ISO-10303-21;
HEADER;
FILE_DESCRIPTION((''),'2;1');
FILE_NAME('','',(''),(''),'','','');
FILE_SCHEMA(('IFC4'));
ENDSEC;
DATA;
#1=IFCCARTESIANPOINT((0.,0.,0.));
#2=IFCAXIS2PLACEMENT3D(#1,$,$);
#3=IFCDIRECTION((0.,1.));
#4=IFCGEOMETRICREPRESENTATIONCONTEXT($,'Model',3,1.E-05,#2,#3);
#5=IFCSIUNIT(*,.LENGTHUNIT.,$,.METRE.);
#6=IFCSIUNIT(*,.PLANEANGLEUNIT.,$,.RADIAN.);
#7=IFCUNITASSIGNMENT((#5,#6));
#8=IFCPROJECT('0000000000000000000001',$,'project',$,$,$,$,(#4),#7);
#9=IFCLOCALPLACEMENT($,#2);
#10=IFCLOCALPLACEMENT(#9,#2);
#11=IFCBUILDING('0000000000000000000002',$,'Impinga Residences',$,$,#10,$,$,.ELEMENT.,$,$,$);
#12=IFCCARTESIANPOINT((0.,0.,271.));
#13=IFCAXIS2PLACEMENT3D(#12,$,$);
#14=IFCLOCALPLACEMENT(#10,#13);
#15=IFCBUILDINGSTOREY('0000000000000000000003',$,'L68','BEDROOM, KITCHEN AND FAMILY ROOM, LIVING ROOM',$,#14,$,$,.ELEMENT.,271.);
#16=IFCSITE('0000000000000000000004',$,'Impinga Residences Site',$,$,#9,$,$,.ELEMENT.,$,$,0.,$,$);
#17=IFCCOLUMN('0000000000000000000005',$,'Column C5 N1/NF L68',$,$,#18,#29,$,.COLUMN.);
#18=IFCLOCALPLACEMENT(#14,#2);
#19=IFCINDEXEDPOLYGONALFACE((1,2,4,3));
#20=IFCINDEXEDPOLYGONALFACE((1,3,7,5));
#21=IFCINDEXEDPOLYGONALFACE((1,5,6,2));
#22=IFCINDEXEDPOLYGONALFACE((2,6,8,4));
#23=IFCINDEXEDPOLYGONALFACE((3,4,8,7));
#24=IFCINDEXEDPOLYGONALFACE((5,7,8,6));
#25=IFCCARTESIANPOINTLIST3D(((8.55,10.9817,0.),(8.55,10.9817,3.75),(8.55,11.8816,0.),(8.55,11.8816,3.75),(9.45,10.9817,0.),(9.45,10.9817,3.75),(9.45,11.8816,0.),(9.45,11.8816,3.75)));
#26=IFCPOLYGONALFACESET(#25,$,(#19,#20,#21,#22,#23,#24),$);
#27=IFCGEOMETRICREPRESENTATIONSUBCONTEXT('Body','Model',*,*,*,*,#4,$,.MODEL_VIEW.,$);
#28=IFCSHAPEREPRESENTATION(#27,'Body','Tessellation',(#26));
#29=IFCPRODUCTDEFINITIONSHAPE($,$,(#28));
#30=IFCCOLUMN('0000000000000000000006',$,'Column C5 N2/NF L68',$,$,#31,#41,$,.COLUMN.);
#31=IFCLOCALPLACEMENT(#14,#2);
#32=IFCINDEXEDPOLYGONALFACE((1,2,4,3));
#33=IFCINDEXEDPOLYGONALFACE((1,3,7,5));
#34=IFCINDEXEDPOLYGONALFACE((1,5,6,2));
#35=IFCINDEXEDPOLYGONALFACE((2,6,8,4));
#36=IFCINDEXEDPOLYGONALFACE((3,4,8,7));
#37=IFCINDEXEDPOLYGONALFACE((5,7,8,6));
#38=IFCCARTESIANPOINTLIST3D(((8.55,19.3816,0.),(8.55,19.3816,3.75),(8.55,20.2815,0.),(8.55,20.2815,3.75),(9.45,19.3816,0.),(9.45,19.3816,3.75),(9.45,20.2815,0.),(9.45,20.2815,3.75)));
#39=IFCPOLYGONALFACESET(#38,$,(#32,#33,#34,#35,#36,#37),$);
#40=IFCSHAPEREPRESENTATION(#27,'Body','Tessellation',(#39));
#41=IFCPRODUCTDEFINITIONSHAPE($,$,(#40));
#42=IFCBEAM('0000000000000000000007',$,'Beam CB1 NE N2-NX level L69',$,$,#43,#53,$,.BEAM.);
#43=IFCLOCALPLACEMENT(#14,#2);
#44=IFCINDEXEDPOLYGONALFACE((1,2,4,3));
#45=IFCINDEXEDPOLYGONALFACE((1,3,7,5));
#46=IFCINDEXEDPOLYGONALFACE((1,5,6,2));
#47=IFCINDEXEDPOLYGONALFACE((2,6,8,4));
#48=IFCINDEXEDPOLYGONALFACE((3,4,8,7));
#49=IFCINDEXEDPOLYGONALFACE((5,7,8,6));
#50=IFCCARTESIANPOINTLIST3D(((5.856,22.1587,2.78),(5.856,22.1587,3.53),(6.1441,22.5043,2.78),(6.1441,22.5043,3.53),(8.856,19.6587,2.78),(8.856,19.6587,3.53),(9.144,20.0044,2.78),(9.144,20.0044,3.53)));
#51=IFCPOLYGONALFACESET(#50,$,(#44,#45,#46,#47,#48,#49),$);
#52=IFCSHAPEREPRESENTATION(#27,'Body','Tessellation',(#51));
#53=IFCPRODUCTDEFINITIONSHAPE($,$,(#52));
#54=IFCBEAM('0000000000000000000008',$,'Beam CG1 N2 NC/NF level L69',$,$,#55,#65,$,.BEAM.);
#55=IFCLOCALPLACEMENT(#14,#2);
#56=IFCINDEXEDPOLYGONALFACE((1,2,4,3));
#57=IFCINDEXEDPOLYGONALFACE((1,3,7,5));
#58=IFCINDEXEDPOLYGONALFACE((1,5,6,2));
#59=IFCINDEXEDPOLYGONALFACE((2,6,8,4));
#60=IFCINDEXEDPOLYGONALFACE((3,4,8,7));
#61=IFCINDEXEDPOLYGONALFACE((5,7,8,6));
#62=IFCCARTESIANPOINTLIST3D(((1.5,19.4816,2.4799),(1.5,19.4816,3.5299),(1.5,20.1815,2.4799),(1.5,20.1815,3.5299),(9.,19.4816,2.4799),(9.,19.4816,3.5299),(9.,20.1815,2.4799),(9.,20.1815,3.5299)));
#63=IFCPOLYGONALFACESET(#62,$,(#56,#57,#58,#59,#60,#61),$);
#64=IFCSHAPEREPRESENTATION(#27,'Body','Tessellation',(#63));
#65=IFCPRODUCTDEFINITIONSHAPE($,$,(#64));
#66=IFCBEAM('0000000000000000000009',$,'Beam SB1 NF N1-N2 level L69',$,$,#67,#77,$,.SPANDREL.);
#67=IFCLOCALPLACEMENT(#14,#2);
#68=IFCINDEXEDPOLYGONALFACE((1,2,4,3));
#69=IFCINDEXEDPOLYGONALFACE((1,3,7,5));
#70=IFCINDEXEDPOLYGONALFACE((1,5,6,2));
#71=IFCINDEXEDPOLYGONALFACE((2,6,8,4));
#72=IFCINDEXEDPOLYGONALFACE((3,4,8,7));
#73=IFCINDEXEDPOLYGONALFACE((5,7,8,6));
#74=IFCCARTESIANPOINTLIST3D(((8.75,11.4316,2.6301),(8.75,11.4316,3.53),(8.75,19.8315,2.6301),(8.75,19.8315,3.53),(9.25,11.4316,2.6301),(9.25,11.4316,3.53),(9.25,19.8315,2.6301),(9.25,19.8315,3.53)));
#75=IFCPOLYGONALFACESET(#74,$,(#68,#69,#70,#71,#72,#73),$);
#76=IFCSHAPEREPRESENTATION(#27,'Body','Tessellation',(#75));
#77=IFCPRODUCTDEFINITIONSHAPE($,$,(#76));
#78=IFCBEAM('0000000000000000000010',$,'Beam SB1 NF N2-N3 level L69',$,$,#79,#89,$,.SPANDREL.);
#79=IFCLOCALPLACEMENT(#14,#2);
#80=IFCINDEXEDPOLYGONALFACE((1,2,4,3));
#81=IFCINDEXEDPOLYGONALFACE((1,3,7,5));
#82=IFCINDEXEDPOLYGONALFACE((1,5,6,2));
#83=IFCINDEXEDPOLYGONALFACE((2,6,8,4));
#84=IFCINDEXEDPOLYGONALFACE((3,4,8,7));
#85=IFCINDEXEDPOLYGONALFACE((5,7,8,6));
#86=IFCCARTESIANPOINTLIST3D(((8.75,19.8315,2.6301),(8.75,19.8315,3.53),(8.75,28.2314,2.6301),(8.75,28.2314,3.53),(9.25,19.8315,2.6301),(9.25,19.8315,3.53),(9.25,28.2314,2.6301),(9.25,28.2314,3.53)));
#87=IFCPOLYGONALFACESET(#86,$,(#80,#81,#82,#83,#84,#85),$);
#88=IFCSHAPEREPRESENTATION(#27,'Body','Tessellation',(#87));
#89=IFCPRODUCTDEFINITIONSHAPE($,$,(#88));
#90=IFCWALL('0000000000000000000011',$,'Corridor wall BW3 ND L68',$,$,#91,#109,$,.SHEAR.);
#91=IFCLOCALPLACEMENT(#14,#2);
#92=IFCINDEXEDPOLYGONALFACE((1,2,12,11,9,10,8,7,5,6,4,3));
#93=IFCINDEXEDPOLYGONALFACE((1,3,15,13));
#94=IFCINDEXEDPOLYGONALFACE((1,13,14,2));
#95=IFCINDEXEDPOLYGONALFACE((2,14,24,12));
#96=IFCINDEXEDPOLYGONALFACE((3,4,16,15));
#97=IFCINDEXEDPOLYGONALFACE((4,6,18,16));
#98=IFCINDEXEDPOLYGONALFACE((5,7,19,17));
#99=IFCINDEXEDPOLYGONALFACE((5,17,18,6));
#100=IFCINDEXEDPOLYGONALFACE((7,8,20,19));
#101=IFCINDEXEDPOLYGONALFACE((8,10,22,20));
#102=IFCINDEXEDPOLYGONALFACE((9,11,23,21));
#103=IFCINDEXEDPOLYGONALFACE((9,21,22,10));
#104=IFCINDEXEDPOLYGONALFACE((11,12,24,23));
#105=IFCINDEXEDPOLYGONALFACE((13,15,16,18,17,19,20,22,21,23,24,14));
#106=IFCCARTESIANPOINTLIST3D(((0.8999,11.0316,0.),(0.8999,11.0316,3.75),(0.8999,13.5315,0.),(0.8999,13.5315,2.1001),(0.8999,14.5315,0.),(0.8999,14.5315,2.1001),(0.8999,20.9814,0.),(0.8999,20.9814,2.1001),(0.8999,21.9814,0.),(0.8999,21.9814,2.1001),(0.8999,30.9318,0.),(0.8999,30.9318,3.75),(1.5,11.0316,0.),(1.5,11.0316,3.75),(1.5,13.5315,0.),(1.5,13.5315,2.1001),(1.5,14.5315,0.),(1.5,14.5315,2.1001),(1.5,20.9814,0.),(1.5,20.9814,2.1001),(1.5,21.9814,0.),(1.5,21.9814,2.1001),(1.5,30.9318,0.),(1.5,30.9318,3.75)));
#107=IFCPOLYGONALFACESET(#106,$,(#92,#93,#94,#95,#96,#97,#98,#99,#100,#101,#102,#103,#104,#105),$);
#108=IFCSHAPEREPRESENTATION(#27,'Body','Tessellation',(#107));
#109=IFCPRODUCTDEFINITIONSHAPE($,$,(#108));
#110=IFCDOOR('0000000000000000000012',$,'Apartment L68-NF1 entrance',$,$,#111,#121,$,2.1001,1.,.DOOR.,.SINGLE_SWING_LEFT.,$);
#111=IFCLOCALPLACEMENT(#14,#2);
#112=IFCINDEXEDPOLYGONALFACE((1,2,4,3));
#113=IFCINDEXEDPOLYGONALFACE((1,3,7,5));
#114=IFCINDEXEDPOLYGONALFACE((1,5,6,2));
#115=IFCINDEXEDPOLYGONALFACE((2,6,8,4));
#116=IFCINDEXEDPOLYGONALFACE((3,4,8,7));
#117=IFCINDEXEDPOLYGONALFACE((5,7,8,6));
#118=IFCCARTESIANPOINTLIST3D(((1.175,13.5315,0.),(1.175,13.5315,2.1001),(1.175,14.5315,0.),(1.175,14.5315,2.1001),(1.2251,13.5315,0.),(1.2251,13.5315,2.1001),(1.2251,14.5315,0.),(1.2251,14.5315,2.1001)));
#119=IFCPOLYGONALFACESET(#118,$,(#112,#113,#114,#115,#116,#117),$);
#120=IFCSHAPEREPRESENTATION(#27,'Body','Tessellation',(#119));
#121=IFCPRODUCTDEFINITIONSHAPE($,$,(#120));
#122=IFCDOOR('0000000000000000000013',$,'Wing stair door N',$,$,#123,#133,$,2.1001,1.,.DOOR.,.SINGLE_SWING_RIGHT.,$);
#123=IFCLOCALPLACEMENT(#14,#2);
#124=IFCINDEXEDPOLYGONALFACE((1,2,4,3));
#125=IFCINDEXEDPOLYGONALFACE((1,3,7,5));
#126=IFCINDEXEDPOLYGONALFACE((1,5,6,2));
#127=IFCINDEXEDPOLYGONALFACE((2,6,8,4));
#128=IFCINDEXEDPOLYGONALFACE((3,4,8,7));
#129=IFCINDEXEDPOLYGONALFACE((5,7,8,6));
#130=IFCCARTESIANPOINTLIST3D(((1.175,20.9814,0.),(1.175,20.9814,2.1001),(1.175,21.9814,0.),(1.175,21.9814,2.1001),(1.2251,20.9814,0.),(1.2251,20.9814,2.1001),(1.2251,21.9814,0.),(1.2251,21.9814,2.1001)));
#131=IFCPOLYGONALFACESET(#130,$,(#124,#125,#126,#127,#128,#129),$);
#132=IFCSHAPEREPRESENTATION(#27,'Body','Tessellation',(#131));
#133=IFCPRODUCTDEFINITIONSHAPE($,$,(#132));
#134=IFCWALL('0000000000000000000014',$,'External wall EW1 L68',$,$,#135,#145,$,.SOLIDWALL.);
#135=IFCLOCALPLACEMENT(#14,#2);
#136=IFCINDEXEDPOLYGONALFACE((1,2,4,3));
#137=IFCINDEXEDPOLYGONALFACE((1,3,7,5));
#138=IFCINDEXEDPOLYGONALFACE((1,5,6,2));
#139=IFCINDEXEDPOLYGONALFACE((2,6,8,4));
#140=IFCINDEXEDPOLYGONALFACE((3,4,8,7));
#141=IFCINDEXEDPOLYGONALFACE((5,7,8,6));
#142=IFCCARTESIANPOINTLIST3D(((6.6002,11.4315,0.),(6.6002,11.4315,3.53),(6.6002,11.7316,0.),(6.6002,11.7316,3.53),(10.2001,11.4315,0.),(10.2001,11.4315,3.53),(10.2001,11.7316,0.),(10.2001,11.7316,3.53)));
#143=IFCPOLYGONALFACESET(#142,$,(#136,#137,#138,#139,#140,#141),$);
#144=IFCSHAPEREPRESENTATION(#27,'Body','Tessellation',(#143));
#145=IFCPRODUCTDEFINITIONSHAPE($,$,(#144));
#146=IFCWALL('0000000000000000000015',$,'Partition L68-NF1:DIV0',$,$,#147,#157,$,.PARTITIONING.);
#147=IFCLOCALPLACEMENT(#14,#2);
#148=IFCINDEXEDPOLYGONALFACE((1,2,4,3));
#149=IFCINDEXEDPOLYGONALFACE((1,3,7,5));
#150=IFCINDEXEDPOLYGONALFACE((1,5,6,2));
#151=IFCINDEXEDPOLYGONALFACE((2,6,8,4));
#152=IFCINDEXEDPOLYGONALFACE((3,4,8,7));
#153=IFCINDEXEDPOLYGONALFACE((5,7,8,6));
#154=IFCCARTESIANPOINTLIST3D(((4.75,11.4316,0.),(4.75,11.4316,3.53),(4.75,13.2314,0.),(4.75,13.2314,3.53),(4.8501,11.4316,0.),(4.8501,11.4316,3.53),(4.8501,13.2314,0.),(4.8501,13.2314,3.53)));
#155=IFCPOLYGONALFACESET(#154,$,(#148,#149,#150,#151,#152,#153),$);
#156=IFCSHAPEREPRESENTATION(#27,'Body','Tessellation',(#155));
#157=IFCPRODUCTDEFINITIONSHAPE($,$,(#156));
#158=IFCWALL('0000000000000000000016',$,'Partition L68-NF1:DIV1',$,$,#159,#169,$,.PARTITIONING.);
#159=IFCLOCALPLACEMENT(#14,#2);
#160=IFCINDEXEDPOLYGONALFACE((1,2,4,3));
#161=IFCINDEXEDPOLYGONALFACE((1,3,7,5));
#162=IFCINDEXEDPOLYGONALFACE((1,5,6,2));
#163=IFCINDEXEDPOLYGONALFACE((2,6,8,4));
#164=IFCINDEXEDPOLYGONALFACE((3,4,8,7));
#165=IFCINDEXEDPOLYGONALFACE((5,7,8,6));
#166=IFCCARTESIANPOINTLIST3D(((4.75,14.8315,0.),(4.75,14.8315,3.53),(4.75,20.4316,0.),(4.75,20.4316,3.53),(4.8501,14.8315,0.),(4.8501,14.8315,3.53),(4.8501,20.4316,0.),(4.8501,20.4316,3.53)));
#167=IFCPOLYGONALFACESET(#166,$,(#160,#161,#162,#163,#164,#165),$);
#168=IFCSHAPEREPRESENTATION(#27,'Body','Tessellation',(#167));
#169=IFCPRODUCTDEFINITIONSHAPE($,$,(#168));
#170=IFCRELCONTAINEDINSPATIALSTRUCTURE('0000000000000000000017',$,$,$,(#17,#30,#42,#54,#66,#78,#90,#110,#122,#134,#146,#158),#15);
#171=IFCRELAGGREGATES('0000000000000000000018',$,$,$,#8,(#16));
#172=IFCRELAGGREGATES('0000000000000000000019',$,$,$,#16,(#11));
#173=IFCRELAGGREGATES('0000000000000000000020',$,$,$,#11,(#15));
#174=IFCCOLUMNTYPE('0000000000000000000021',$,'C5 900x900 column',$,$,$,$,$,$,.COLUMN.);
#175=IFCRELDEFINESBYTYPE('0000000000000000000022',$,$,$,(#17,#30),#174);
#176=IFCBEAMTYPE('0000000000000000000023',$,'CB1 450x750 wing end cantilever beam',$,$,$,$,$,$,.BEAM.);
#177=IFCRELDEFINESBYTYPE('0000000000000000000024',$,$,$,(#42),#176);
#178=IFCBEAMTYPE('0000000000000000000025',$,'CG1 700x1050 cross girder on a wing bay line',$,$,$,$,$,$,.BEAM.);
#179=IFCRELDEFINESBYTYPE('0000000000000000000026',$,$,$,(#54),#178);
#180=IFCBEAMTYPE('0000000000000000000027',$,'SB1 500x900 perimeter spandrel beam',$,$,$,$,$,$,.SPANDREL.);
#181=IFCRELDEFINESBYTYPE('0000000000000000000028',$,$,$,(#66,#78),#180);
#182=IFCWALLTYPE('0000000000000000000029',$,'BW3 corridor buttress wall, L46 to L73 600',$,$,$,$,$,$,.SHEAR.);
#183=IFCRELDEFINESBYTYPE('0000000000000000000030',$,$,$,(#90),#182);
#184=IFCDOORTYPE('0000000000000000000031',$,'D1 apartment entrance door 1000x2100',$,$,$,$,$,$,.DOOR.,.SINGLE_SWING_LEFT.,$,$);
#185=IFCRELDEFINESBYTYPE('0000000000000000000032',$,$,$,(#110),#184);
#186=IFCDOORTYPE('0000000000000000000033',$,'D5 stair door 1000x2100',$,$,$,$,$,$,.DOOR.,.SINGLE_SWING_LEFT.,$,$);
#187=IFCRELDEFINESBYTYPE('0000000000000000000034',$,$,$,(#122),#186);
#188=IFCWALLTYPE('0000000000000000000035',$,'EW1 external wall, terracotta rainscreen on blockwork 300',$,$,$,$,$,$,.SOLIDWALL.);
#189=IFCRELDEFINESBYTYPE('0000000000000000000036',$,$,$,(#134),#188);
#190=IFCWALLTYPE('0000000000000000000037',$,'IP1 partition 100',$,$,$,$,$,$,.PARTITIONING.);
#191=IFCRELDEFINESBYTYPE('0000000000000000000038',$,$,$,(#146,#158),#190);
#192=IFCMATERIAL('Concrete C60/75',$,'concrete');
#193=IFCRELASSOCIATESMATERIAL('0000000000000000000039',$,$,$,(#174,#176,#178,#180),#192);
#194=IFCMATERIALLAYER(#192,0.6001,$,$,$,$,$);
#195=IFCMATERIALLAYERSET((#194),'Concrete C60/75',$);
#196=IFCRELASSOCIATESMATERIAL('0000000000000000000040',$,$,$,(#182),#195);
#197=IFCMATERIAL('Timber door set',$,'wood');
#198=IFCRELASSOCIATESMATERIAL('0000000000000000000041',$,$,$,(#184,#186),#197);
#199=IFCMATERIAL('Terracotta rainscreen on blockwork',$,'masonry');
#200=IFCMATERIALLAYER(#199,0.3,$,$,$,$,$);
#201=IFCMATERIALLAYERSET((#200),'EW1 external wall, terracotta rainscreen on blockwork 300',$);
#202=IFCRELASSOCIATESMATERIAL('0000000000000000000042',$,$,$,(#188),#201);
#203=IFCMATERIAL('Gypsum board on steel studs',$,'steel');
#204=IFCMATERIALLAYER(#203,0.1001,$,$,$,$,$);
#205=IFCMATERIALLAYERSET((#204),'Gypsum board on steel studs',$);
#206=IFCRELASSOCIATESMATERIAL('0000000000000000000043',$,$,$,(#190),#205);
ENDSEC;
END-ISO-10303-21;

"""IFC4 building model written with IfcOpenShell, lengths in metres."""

from ifc_helpers import new_model, si_unit, direction, frame, frame_2d, origin, origin_2d, place, context, subcontext, project, spatial, rectangle, extrude, material, layer, layer_set, material_profile, profile_set, type_object, element, fill, save


model = new_model("IFC4")

# Units and contexts
model_context = context("Model", 3, precision=1e-05, world=origin(), true_north=direction((0.0, 1.0)))
body_context = subcontext(model_context, "Body", "Model", "MODEL_VIEW")
ifc_project = project(units=[si_unit("LENGTHUNIT", "METRE"), si_unit("PLANEANGLEUNIT", "RADIAN")], contexts=[model_context])

# Site, building, storey
site_placement = place(None, origin())
site = spatial("IfcSite", under=ifc_project, at=site_placement, Name="Impinga Residences Site", CompositionType="ELEMENT", RefElevation=0.0)
building_placement = place(site_placement, origin())
building = spatial("IfcBuilding", under=site, at=building_placement, Name="Impinga Residences", CompositionType="ELEMENT")
storey_placement = place(building_placement, frame((0.0, 0.0, 271.0)))
storey = spatial("IfcBuildingStorey", under=building, at=storey_placement, Name="L68", Description="BEDROOM, KITCHEN AND FAMILY ROOM, LIVING ROOM", CompositionType="ELEMENT", Elevation=271.0)

# Columns
ifc_material_1 = material(Name="Concrete C60/75", Category="concrete")
ifc_material_profile_1 = material_profile(ifc_material_1, rectangle(XDim=0.8999, YDim=0.8999, at=origin_2d()), Name="RC 900x900")
ifc_profile_set_1 = profile_set([ifc_material_profile_1], Name="Concrete C60/75")
column_type = type_object("IfcColumnType", Name="C5 900x900 column", PredefinedType="COLUMN", material=ifc_profile_set_1)
for number, where, z_axis, x_axis, name in (
    (1, (9.0, 11.4316, 0.0), (0.0, 0.0, 1.0), (1.0, 0.0, 0.0), "Column C5 N1/NF L68"),
    (2, (9.0, 19.8315, 0.0), (0.0, 0.0, 1.0), (1.0, 0.0, 0.0), "Column C5 N2/NF L68"),
):
    element("IfcColumn", number, at=place(storey_placement, frame(where, z_axis=z_axis, x_axis=x_axis)), inside=storey, type_object=column_type, Name=name, PredefinedType="COLUMN", context=body_context, shape_type="SweptSolid", body=[
        extrude(rectangle(XDim=0.8999, YDim=0.8999, at=origin_2d()), origin(), (0.0, 0.0, 1.0), 3.75),
    ])

# Beams
ifc_material_profile_2 = material_profile(ifc_material_1, rectangle(XDim=0.45, YDim=0.75, at=origin_2d()), Name="RC 450x750")
ifc_profile_set_2 = profile_set([ifc_material_profile_2], Name="Concrete C60/75")
beam_type_1 = type_object("IfcBeamType", Name="CB1 450x750 wing end cantilever beam", PredefinedType="BEAM", material=ifc_profile_set_2)
beam_1_placement = place(storey_placement, frame((9.0, 19.8315, 3.155), z_axis=(-0.768221, 0.640184, 0.0), x_axis=(-0.640184, -0.768221, 0.0)))
element("IfcBeam", 3, at=beam_1_placement, inside=storey, type_object=beam_type_1, Name="Beam CB1 NE N2-NX level L69", PredefinedType="BEAM", context=body_context, shape_type="SweptSolid", body=[
    extrude(rectangle(XDim=0.45, YDim=0.75, at=origin_2d()), origin(), (0.0, 0.0, 1.0), 3.905),
])
ifc_material_profile_3 = material_profile(ifc_material_1, rectangle(XDim=0.7, YDim=1.05, at=origin_2d()), Name="RC 700x1050")
ifc_profile_set_3 = profile_set([ifc_material_profile_3], Name="Concrete C60/75")
beam_type_2 = type_object("IfcBeamType", Name="CG1 700x1050 cross girder on a wing bay line", PredefinedType="BEAM", material=ifc_profile_set_3)
beam_2_placement = place(storey_placement, frame((1.5, 19.8315, 3.0049), z_axis=(1.0, 0.0, 0.0), x_axis=(0.0, 1.0, 0.0)))
element("IfcBeam", 4, at=beam_2_placement, inside=storey, type_object=beam_type_2, Name="Beam CG1 N2 NC/NF level L69", PredefinedType="BEAM", context=body_context, shape_type="SweptSolid", body=[
    extrude(rectangle(XDim=0.7, YDim=1.05, at=origin_2d()), origin(), (0.0, 0.0, 1.0), 7.5),
])
ifc_material_profile_4 = material_profile(ifc_material_1, rectangle(XDim=0.5, YDim=0.8999, at=origin_2d()), Name="RC 500x900")
ifc_profile_set_4 = profile_set([ifc_material_profile_4], Name="Concrete C60/75")
beam_type_3 = type_object("IfcBeamType", Name="SB1 500x900 perimeter spandrel beam", PredefinedType="SPANDREL", material=ifc_profile_set_4)
for number, where, z_axis, x_axis, name in (
    (5, (9.0, 11.4316, 3.0801), (0.0, 1.0, 0.0), (-1.0, 0.0, 0.0), "Beam SB1 NF N1-N2 level L69"),
    (6, (9.0, 19.8315, 3.0801), (0.0, 1.0, 0.0), (-1.0, 0.0, 0.0), "Beam SB1 NF N2-N3 level L69"),
):
    element("IfcBeam", number, at=place(storey_placement, frame(where, z_axis=z_axis, x_axis=x_axis)), inside=storey, type_object=beam_type_3, Name=name, PredefinedType="SPANDREL", context=body_context, shape_type="SweptSolid", body=[
        extrude(rectangle(XDim=0.5, YDim=0.8999, at=origin_2d()), origin(), (0.0, 0.0, 1.0), 8.3999),
    ])

# Wall, openings, doors
ifc_layer_1 = layer(ifc_material_1, 0.6001)
ifc_layer_set_1 = layer_set([ifc_layer_1], Name="Concrete C60/75")
wall_type_1 = type_object("IfcWallType", Name="BW3 corridor buttress wall, L46 to L73 600", PredefinedType="SHEAR", material=ifc_layer_set_1)
wall_1_placement = place(storey_placement, frame((1.2, 11.0315, 0.0), z_axis=(0.0, 0.0, 1.0), x_axis=(0.0, 1.0, 0.0)))
wall_1 = element("IfcWall", 7, at=wall_1_placement, inside=storey, type_object=wall_type_1, Name="Corridor wall BW3 ND L68", PredefinedType="SHEAR", context=body_context, shape_type="SweptSolid", body=[
    extrude(rectangle(XDim=19.9001, YDim=0.6001, at=frame_2d((9.9502, 0.0))), origin(), (0.0, 0.0, 1.0), 3.75),
])
opening_1_placement = place(wall_1_placement, frame((9.95, 0.0, 0.0)))
opening_1 = element("IfcOpeningElement", 8, at=opening_1_placement, cuts=wall_1, PredefinedType="OPENING", context=body_context, shape_type="SweptSolid", body=[
    extrude(rectangle(XDim=1.0, YDim=2.1001, at=frame_2d((0.5, 1.05))), frame((0.0, 0.3101, 0.0), z_axis=(0.0, -1.0, 0.0), x_axis=(1.0, 0.0, 0.0)), (0.0, 0.0, 1.0), 0.6201),
])
opening_2_placement = place(wall_1_placement, frame((2.5, 0.0, 0.0)))
opening_2 = element("IfcOpeningElement", 9, at=opening_2_placement, cuts=wall_1, PredefinedType="OPENING", context=body_context, shape_type="SweptSolid", body=[
    extrude(rectangle(XDim=1.0, YDim=2.1001, at=frame_2d((0.5, 1.05))), frame((0.0, 0.3101, 0.0), z_axis=(0.0, -1.0, 0.0), x_axis=(1.0, 0.0, 0.0)), (0.0, 0.0, 1.0), 0.6201),
])
ifc_material_2 = material(Name="Timber door set", Category="wood")
door_type_1 = type_object("IfcDoorType", Name="D1 apartment entrance door 1000x2100", OperationType="SINGLE_SWING_LEFT", PredefinedType="DOOR", material=ifc_material_2)
door_1_placement = place(opening_2_placement, origin())
door_1 = element("IfcDoor", 10, at=door_1_placement, inside=storey, type_object=door_type_1, Name="Apartment L68-NF1 entrance", OperationType="SINGLE_SWING_LEFT", OverallHeight=2.1001, OverallWidth=1.0, PredefinedType="DOOR", context=body_context, shape_type="SweptSolid", body=[
    extrude(rectangle(XDim=1.0, YDim=2.1001, at=frame_2d((0.5, 1.05))), frame((0.0, 0.0249, 0.0), z_axis=(0.0, -1.0, 0.0), x_axis=(1.0, 0.0, 0.0)), (0.0, 0.0, 1.0), 0.05),
])
fill(opening_2, door_1)
door_type_2 = type_object("IfcDoorType", Name="D5 stair door 1000x2100", OperationType="SINGLE_SWING_LEFT", PredefinedType="DOOR", material=ifc_material_2)
door_2_placement = place(opening_1_placement, origin())
door_2 = element("IfcDoor", 11, at=door_2_placement, inside=storey, type_object=door_type_2, Name="Wing stair door N", OperationType="SINGLE_SWING_RIGHT", OverallHeight=2.1001, OverallWidth=1.0, PredefinedType="DOOR", context=body_context, shape_type="SweptSolid", body=[
    extrude(rectangle(XDim=1.0, YDim=2.1001, at=frame_2d((0.5, 1.05))), frame((0.0, 0.0249, 0.0), z_axis=(0.0, -1.0, 0.0), x_axis=(1.0, 0.0, 0.0)), (0.0, 0.0, 1.0), 0.05),
])
fill(opening_1, door_2)

# Walls
ifc_material_3 = material(Name="Terracotta rainscreen on blockwork", Category="masonry")
ifc_layer_2 = layer(ifc_material_3, 0.3)
ifc_layer_set_2 = layer_set([ifc_layer_2], Name="EW1 external wall, terracotta rainscreen on blockwork 300")
wall_type_2 = type_object("IfcWallType", Name="EW1 external wall, terracotta rainscreen on blockwork 300", PredefinedType="SOLIDWALL", material=ifc_layer_set_2)
wall_2_placement = place(storey_placement, frame((10.2, 11.5815, 0.0), z_axis=(0.0, 0.0, 1.0), x_axis=(-1.0, 0.0, 0.0)))
element("IfcWall", 12, at=wall_2_placement, inside=storey, type_object=wall_type_2, Name="External wall EW1 L68", PredefinedType="SOLIDWALL", context=body_context, shape_type="SweptSolid", body=[
    extrude(rectangle(XDim=3.5999, YDim=0.3, at=frame_2d((1.7998, 0.0))), origin(), (0.0, 0.0, 1.0), 3.53),
])
ifc_material_4 = material(Name="Gypsum board on steel studs", Category="steel")
ifc_layer_3 = layer(ifc_material_4, 0.1001)
ifc_layer_set_3 = layer_set([ifc_layer_3], Name="Gypsum board on steel studs")
wall_type_3 = type_object("IfcWallType", Name="IP1 partition 100", PredefinedType="PARTITIONING", material=ifc_layer_set_3)
wall_3_placement = place(storey_placement, frame((4.8, 11.4316, 0.0), z_axis=(0.0, 0.0, 1.0), x_axis=(0.0, 1.0, 0.0)))
element("IfcWall", 13, at=wall_3_placement, inside=storey, type_object=wall_type_3, Name="Partition L68-NF1:DIV0", PredefinedType="PARTITIONING", context=body_context, shape_type="SweptSolid", body=[
    extrude(rectangle(XDim=1.7998, YDim=0.1001, at=frame_2d((0.8999, 0.0))), origin(), (0.0, 0.0, 1.0), 3.53),
])
wall_4_placement = place(storey_placement, frame((4.8, 14.8315, 0.0), z_axis=(0.0, 0.0, 1.0), x_axis=(0.0, 1.0, 0.0)))
element("IfcWall", 14, at=wall_4_placement, inside=storey, type_object=wall_type_3, Name="Partition L68-NF1:DIV1", PredefinedType="PARTITIONING", context=body_context, shape_type="SweptSolid", body=[
    extrude(rectangle(XDim=5.6001, YDim=0.1001, at=frame_2d((2.8, 0.0))), origin(), (0.0, 0.0, 1.0), 3.53),
])

save(model, "model.ifc")
